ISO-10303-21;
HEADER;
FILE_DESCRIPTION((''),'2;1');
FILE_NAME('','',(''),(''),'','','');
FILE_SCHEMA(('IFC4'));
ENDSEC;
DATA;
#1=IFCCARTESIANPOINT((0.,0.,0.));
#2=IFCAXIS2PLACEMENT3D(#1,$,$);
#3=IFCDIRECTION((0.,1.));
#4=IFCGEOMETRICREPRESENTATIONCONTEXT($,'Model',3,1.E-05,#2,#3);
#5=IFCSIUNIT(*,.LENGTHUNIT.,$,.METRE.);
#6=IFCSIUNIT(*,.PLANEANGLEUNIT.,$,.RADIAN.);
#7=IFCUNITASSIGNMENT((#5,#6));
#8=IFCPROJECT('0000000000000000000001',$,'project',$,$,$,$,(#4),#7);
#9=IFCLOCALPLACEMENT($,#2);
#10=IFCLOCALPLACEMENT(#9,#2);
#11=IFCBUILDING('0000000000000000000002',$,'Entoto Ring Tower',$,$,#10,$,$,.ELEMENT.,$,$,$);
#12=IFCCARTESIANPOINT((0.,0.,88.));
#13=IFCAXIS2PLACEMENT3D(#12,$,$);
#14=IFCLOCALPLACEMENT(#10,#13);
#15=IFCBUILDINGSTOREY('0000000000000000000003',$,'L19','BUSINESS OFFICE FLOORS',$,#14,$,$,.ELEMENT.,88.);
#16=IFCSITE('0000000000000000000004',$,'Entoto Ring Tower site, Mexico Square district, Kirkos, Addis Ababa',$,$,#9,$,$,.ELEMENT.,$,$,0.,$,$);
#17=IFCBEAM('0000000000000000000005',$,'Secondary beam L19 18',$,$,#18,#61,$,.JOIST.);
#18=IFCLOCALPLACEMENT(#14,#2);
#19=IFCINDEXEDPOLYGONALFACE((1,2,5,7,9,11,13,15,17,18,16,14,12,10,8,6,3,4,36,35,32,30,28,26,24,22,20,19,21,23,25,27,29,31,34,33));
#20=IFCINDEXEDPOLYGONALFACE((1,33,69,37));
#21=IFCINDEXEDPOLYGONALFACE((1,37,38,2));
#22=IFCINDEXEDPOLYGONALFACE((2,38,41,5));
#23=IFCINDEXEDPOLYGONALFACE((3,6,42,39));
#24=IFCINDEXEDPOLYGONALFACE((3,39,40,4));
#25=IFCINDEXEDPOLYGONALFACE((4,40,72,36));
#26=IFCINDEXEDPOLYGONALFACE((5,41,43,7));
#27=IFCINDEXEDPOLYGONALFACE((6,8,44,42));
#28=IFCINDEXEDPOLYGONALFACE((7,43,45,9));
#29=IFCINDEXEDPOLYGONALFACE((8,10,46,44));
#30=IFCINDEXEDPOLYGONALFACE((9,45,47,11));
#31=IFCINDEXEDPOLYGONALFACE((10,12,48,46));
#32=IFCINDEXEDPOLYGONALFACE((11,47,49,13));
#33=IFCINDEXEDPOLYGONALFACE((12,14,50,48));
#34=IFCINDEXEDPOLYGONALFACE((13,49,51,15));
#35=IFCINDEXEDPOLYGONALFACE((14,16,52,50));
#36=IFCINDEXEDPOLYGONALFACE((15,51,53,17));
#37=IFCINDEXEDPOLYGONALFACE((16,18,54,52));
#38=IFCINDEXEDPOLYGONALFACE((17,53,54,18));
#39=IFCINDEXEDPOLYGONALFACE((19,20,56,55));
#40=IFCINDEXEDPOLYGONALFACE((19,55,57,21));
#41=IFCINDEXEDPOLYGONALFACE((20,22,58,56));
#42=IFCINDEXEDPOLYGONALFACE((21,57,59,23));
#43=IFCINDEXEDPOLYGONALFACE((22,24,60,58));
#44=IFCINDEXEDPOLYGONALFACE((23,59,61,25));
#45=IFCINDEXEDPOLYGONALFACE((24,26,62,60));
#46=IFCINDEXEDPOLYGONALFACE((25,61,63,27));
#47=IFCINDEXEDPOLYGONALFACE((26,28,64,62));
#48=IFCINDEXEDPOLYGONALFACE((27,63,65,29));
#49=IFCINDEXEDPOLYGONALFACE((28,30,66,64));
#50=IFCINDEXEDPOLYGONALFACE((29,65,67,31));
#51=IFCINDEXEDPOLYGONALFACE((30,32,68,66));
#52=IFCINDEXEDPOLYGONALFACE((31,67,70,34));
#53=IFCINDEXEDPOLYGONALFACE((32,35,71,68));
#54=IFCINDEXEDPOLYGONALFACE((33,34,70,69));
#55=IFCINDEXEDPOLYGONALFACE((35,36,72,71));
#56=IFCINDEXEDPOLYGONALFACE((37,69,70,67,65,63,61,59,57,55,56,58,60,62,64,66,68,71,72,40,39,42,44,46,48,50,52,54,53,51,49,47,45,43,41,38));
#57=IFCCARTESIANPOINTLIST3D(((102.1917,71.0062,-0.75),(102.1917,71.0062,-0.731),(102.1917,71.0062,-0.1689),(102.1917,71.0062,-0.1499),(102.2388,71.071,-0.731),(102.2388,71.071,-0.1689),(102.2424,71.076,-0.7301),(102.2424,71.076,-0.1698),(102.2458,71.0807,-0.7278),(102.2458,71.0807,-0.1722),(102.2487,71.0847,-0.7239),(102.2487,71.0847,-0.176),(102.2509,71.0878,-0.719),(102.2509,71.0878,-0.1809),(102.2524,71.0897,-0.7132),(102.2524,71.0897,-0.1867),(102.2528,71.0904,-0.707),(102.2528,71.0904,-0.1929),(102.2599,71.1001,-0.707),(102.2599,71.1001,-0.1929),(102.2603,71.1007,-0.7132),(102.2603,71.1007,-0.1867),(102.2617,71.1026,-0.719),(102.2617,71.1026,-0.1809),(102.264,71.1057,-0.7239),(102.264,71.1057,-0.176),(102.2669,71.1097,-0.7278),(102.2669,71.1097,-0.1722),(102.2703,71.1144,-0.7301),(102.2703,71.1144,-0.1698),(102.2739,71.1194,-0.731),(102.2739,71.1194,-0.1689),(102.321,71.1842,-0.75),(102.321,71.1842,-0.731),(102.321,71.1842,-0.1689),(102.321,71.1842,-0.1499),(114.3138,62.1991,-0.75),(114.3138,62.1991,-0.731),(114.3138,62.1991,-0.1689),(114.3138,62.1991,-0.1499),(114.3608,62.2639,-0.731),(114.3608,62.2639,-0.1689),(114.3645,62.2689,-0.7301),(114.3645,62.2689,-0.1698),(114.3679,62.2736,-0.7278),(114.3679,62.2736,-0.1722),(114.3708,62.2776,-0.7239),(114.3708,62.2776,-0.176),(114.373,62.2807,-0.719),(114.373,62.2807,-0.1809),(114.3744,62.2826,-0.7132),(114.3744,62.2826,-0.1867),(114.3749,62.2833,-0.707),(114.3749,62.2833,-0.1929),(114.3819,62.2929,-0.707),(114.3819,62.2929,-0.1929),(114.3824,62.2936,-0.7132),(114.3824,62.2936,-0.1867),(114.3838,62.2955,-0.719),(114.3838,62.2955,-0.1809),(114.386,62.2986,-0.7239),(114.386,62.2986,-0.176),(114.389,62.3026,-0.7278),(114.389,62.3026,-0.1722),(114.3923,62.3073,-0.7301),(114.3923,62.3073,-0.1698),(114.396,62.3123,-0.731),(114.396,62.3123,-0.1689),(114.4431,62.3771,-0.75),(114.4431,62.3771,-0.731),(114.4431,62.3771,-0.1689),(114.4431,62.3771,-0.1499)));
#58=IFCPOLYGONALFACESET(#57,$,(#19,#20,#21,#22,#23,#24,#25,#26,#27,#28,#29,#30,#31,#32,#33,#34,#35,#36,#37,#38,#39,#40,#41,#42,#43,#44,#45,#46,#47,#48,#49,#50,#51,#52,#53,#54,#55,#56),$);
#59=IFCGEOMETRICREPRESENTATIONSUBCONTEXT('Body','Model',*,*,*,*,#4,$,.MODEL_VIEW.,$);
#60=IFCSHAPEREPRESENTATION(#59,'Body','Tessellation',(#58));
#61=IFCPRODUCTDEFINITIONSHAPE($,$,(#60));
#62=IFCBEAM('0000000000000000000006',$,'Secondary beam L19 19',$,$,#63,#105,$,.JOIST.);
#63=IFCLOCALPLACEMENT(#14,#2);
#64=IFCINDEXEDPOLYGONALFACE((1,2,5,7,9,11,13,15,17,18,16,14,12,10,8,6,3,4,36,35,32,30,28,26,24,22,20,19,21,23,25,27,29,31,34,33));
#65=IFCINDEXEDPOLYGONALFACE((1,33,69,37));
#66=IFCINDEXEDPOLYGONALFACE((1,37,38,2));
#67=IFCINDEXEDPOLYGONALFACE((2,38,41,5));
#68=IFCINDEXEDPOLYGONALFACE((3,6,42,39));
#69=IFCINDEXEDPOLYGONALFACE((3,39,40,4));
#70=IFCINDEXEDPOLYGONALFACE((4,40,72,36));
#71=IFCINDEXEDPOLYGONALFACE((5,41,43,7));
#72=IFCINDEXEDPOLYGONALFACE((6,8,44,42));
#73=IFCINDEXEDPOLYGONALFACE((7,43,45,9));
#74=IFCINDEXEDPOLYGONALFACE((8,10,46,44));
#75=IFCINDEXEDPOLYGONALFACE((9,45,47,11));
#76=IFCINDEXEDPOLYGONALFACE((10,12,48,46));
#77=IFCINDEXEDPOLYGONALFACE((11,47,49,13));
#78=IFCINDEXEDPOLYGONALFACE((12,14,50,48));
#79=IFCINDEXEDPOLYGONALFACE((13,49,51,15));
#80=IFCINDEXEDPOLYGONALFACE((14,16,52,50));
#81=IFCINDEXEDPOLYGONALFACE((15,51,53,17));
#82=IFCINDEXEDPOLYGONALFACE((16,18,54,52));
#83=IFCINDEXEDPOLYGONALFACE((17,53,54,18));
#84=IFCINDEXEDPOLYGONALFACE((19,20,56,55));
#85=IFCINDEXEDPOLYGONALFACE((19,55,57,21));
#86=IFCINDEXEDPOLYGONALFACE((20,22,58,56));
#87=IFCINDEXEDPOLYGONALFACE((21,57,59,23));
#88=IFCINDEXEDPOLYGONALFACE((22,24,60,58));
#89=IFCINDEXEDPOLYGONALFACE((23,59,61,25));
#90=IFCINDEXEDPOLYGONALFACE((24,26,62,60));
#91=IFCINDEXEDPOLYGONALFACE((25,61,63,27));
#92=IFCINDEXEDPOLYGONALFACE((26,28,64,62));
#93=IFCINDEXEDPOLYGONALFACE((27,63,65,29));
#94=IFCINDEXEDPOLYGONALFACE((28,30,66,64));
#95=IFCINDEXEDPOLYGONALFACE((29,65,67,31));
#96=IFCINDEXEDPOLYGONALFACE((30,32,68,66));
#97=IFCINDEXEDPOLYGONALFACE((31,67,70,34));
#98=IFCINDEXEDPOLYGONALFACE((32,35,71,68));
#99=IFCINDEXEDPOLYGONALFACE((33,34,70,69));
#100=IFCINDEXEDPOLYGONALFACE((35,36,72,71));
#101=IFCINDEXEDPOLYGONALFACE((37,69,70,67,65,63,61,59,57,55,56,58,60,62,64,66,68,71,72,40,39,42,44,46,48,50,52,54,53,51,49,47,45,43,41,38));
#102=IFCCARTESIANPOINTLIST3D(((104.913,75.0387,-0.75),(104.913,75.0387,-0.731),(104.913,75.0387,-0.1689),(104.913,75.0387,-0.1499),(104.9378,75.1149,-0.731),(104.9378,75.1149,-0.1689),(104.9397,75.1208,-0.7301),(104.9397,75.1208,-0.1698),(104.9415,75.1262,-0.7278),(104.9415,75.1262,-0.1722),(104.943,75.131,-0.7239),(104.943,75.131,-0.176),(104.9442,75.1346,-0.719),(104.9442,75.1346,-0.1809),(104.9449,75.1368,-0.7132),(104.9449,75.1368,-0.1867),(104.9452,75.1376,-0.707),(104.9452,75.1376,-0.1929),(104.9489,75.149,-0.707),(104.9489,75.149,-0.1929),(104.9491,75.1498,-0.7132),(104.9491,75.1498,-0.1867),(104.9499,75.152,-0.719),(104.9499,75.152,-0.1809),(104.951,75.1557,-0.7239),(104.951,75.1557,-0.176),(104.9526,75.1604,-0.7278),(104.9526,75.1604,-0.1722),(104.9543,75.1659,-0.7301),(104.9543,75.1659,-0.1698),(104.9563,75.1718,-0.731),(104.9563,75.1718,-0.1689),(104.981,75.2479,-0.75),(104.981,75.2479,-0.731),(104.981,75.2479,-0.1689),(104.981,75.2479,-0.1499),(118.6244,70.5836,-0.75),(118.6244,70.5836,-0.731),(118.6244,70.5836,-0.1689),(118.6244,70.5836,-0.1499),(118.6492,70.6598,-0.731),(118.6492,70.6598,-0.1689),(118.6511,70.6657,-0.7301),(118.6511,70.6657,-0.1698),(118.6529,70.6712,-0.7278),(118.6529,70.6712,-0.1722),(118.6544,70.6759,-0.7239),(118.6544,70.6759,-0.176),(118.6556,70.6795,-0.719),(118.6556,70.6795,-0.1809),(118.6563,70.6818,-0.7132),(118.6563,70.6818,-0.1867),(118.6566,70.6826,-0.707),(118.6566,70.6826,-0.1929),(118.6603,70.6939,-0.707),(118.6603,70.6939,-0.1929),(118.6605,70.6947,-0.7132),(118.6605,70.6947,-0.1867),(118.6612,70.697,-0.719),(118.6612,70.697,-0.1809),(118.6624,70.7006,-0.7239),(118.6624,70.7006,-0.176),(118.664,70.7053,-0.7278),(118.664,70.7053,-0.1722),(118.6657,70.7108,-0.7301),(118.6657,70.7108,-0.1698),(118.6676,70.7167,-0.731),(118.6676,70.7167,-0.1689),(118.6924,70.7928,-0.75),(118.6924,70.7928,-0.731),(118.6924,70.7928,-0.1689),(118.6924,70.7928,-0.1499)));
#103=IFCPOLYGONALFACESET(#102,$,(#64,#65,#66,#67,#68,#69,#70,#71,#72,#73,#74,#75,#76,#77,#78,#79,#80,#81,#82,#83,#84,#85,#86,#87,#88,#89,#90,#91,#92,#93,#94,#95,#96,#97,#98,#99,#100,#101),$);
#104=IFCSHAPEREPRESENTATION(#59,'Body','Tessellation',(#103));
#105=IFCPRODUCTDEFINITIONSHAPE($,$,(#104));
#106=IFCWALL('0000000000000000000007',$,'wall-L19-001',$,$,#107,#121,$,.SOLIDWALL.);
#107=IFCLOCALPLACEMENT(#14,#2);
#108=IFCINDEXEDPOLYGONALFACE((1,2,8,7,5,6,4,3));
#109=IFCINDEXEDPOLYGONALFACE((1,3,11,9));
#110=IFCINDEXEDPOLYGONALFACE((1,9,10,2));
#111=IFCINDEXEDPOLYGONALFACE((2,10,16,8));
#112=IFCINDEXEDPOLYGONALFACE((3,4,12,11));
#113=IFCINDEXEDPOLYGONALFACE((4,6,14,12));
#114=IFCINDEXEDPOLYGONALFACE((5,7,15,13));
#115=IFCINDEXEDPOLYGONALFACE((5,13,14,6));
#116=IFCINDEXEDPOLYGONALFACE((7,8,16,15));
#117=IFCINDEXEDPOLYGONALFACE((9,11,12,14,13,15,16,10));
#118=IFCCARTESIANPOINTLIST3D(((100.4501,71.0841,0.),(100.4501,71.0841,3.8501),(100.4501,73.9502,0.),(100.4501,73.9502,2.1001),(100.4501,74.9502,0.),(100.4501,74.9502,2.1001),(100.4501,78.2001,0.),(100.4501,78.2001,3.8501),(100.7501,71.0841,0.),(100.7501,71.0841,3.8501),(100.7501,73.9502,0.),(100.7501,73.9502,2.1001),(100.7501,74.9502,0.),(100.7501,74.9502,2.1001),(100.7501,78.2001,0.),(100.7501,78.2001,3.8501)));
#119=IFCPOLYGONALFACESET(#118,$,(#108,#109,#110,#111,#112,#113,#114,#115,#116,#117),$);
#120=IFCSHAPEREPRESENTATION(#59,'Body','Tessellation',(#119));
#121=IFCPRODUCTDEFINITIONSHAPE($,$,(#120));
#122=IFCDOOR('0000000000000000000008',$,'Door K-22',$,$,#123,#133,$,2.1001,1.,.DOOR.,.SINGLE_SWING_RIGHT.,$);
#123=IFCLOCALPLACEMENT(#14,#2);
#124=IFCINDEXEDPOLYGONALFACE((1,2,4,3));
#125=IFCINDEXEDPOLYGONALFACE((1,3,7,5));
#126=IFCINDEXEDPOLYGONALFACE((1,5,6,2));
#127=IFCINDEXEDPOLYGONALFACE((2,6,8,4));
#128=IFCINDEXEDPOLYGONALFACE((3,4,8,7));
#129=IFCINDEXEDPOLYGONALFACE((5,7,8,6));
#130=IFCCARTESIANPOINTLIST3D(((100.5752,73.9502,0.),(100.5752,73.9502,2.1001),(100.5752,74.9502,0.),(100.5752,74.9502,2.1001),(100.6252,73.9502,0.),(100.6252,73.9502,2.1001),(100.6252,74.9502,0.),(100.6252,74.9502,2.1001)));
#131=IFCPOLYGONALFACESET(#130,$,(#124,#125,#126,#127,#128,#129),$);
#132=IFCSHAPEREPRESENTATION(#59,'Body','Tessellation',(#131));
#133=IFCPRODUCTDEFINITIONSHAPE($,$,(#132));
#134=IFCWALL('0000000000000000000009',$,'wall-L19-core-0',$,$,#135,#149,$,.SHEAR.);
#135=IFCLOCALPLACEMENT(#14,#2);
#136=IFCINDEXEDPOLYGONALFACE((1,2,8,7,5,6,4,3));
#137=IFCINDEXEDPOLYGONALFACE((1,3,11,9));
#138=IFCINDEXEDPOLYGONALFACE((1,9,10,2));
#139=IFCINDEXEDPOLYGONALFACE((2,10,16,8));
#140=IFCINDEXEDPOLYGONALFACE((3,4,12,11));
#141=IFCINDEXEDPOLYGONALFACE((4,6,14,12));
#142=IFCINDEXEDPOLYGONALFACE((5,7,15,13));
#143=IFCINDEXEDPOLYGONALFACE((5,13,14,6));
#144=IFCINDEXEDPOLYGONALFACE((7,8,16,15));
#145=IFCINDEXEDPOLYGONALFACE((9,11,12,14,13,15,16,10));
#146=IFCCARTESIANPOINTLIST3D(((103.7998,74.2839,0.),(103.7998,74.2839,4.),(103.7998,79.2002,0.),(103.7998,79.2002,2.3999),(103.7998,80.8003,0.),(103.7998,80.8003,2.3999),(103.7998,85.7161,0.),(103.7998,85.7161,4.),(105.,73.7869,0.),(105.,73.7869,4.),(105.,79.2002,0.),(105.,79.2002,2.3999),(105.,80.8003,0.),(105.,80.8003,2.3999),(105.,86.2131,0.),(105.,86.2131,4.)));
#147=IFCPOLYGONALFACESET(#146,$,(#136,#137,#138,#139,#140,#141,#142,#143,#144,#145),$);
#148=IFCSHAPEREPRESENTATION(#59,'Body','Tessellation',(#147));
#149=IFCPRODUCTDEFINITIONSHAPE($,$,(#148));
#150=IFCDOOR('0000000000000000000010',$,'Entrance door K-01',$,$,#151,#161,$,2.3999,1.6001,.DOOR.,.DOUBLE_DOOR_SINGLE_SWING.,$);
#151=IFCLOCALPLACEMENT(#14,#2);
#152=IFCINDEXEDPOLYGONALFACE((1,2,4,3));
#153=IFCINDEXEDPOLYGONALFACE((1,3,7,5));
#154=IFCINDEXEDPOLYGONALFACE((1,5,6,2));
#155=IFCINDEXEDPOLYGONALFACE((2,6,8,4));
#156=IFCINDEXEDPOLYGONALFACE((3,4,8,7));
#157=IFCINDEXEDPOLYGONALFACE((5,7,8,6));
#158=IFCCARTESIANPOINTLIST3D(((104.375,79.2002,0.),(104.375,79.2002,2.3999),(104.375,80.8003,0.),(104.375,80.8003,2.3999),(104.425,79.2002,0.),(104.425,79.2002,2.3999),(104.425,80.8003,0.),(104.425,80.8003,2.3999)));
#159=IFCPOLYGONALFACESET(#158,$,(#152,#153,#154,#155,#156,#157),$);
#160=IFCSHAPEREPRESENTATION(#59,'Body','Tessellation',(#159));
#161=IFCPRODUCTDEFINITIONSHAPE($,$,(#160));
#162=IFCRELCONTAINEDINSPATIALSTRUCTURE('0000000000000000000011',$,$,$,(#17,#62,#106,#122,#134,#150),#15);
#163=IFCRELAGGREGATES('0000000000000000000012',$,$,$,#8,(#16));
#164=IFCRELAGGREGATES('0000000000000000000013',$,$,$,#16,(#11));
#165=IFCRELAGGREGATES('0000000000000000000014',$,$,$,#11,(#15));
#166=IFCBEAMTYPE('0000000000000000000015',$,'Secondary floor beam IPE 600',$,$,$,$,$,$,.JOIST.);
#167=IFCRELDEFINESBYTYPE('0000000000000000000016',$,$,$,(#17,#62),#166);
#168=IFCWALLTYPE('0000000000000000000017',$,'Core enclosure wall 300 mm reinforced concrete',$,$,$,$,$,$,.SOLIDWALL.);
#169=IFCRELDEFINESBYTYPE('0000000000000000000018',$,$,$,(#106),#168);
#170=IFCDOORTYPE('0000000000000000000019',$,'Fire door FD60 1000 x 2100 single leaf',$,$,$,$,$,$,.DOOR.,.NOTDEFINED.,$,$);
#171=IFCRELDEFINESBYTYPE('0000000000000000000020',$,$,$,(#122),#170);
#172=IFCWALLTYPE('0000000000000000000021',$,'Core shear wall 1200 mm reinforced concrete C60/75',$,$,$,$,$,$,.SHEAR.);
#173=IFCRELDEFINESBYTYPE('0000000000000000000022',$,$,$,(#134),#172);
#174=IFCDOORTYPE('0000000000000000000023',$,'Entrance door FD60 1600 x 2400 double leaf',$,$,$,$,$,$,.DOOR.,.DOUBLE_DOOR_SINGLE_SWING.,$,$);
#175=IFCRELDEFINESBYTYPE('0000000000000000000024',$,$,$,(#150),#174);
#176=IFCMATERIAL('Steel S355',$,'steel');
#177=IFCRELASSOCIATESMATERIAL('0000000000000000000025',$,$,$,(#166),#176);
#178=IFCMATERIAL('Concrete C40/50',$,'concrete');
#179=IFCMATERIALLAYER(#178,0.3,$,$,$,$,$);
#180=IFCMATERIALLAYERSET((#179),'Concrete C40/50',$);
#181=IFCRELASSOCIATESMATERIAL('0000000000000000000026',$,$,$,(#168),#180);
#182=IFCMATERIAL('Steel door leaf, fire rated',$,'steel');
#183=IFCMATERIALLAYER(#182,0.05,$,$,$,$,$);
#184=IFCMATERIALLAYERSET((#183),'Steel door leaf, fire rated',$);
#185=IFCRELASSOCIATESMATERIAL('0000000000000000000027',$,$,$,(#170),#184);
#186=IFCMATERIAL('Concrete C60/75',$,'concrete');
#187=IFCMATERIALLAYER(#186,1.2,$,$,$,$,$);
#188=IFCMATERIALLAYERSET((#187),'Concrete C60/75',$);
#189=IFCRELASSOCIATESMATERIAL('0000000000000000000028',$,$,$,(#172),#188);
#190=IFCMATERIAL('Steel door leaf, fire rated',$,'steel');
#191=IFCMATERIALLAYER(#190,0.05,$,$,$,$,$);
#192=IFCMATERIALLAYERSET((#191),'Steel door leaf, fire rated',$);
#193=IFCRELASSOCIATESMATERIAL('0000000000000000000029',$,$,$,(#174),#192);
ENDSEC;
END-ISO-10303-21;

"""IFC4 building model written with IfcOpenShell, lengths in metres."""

from ifc_helpers import new_model, si_unit, direction, frame, frame_2d, origin, origin_2d, place, context, subcontext, project, spatial, polyline, rectangle, i_section, outline, extrude, material, layer, layer_set, material_profile, profile_set, type_object, element, fill, save


model = new_model("IFC4")

# Units and contexts
model_context = context("Model", 3, precision=1e-05, world=origin(), true_north=direction((0.0, 1.0)))
body_context = subcontext(model_context, "Body", "Model", "MODEL_VIEW")
ifc_project = project(units=[si_unit("LENGTHUNIT", "METRE"), si_unit("PLANEANGLEUNIT", "RADIAN")], contexts=[model_context])

# Site, building, storey
site_placement = place(None, origin())
site = spatial("IfcSite", under=ifc_project, at=site_placement, Name="Entoto Ring Tower site, Mexico Square district, Kirkos, Addis Ababa", CompositionType="ELEMENT", RefElevation=0.0)
building_placement = place(site_placement, origin())
building = spatial("IfcBuilding", under=site, at=building_placement, Name="Entoto Ring Tower", CompositionType="ELEMENT")
storey_placement = place(building_placement, frame((0.0, 0.0, 88.0)))
storey = spatial("IfcBuildingStorey", under=building, at=storey_placement, Name="L19", Description="BUSINESS OFFICE FLOORS", CompositionType="ELEMENT", Elevation=88.0)

# Beams
ifc_material_1 = material(Name="Steel S355", Category="steel")
ifc_material_profile_1 = material_profile(ifc_material_1, i_section(OverallWidth=0.22, OverallDepth=0.6001, WebThickness=0.012, FlangeThickness=0.019, FilletRadius=0.0239, at=origin_2d()), Name="IPE 600")
ifc_profile_set_1 = profile_set([ifc_material_profile_1], Name="Steel S355")
beam_type_1 = type_object("IfcBeamType", Name="Secondary floor beam IPE 600", PredefinedType="JOIST", material=ifc_profile_set_1)
beam_1_placement = place(storey_placement, frame((102.2563, 71.0952, -0.45), z_axis=(0.809019, -0.587782, 0.0), x_axis=(0.587782, 0.809019, 0.0)))
element("IfcBeam", 1, at=beam_1_placement, inside=storey, type_object=beam_type_1, Name="Secondary beam L19 18", PredefinedType="JOIST", context=body_context, shape_type="SweptSolid", body=[
    extrude(i_section(OverallWidth=0.22, OverallDepth=0.6001, WebThickness=0.012, FlangeThickness=0.019, FilletRadius=0.0239, at=origin_2d()), origin(), (0.0, 0.0, 1.0), 14.9836),
])
beam_2_placement = place(storey_placement, frame((104.947, 75.1433, -0.45), z_axis=(0.951057, -0.309015, 0.0), x_axis=(0.309015, 0.951057, 0.0)))
element("IfcBeam", 2, at=beam_2_placement, inside=storey, type_object=beam_type_1, Name="Secondary beam L19 19", PredefinedType="JOIST", context=body_context, shape_type="SweptSolid", body=[
    extrude(i_section(OverallWidth=0.22, OverallDepth=0.6001, WebThickness=0.012, FlangeThickness=0.019, FilletRadius=0.0239, at=origin_2d()), origin(), (0.0, 0.0, 1.0), 14.417),
])

# Walls, openings, doors
ifc_material_2 = material(Name="Concrete C40/50", Category="concrete")
ifc_layer_1 = layer(ifc_material_2, 0.3)
ifc_layer_set_1 = layer_set([ifc_layer_1], Name="Concrete C40/50")
wall_type_1 = type_object("IfcWallType", Name="Core enclosure wall 300 mm reinforced concrete", PredefinedType="SOLIDWALL", material=ifc_layer_set_1)
wall_1_placement = place(storey_placement, frame((100.6001, 71.084, 0.0), z_axis=(0.0, 0.0, 1.0), x_axis=(0.0, 1.0, 0.0)))
wall_1 = element("IfcWall", 3, at=wall_1_placement, inside=storey, type_object=wall_type_1, Name="wall-L19-001", PredefinedType="SOLIDWALL", context=body_context, shape_type="SweptSolid", body=[
    extrude(rectangle(XDim=7.116, YDim=0.3, at=frame_2d((3.5581, 0.0))), origin(), (0.0, 0.0, 1.0), 3.8501),
])
opening_1_placement = place(wall_1_placement, frame((2.8662, 0.0, 0.0)))
opening_1 = element("IfcOpeningElement", 4, at=opening_1_placement, cuts=wall_1, PredefinedType="OPENING", context=body_context, shape_type="SweptSolid", body=[
    extrude(rectangle(XDim=1.0, YDim=2.1001, at=frame_2d((0.5, 1.05))), frame((0.0, 0.1602, 0.0), z_axis=(0.0, -1.0, 0.0), x_axis=(1.0, 0.0, 0.0)), (0.0, 0.0, 1.0), 0.3201),
])
ifc_material_3 = material(Name="Steel door leaf, fire rated", Category="steel")
ifc_layer_2 = layer(ifc_material_3, 0.05)
ifc_layer_set_2 = layer_set([ifc_layer_2], Name="Steel door leaf, fire rated")
door_type_1 = type_object("IfcDoorType", Name="Fire door FD60 1000 x 2100 single leaf", OperationType="NOTDEFINED", PredefinedType="DOOR", material=ifc_layer_set_2)
door_1_placement = place(opening_1_placement, origin())
door_1 = element("IfcDoor", 5, at=door_1_placement, inside=storey, type_object=door_type_1, Name="Door K-22", OperationType="SINGLE_SWING_RIGHT", OverallHeight=2.1001, OverallWidth=1.0, PredefinedType="DOOR", context=body_context, shape_type="SweptSolid", body=[
    extrude(rectangle(XDim=1.0, YDim=2.1001, at=frame_2d((0.5, 1.05))), frame((0.0, 0.0249, 0.0), z_axis=(0.0, -1.0, 0.0), x_axis=(1.0, 0.0, 0.0)), (0.0, 0.0, 1.0), 0.05),
])
fill(opening_1, door_1)
ifc_material_4 = material(Name="Concrete C60/75", Category="concrete")
ifc_layer_3 = layer(ifc_material_4, 1.2)
ifc_layer_set_3 = layer_set([ifc_layer_3], Name="Concrete C60/75")
wall_type_2 = type_object("IfcWallType", Name="Core shear wall 1200 mm reinforced concrete C60/75", PredefinedType="SHEAR", material=ifc_layer_set_3)
wall_2_placement = place(storey_placement, frame((104.3999, 74.0354, 0.0), z_axis=(0.0, 0.0, 1.0), x_axis=(0.0, 1.0, 0.0)))
wall_2 = element("IfcWall", 6, at=wall_2_placement, inside=storey, type_object=wall_type_2, Name="wall-L19-core-0", PredefinedType="SHEAR", context=body_context, shape_type="SweptSolid", body=[
    extrude(outline(polyline([(-0.2485, -0.6001), (12.1777, -0.6001), (11.6807, 0.6001), (0.2485, 0.6001), (-0.2485, -0.6001)])), origin(), (0.0, 0.0, 1.0), 4.0),
])
opening_2_placement = place(wall_2_placement, frame((5.1648, 0.0, 0.0)))
opening_2 = element("IfcOpeningElement", 7, at=opening_2_placement, cuts=wall_2, PredefinedType="OPENING", context=body_context, shape_type="SweptSolid", body=[
    extrude(rectangle(XDim=1.6001, YDim=2.3999, at=frame_2d((0.8, 1.2))), frame((0.0, 0.6099, 0.0), z_axis=(0.0, -1.0, 0.0), x_axis=(1.0, 0.0, 0.0)), (0.0, 0.0, 1.0), 1.22),
])
ifc_material_5 = material(Name="Steel door leaf, fire rated", Category="steel")
ifc_layer_4 = layer(ifc_material_5, 0.05)
ifc_layer_set_4 = layer_set([ifc_layer_4], Name="Steel door leaf, fire rated")
door_type_2 = type_object("IfcDoorType", Name="Entrance door FD60 1600 x 2400 double leaf", OperationType="DOUBLE_DOOR_SINGLE_SWING", PredefinedType="DOOR", material=ifc_layer_set_4)
door_2_placement = place(opening_2_placement, origin())
door_2 = element("IfcDoor", 8, at=door_2_placement, inside=storey, type_object=door_type_2, Name="Entrance door K-01", OperationType="DOUBLE_DOOR_SINGLE_SWING", OverallHeight=2.3999, OverallWidth=1.6001, PredefinedType="DOOR", context=body_context, shape_type="SweptSolid", body=[
    extrude(rectangle(XDim=1.6001, YDim=2.3999, at=frame_2d((0.8, 1.2))), frame((0.0, 0.0249, 0.0), z_axis=(0.0, -1.0, 0.0), x_axis=(1.0, 0.0, 0.0)), (0.0, 0.0, 1.0), 0.05),
])
fill(opening_2, door_2)

save(model, "model.ifc")
